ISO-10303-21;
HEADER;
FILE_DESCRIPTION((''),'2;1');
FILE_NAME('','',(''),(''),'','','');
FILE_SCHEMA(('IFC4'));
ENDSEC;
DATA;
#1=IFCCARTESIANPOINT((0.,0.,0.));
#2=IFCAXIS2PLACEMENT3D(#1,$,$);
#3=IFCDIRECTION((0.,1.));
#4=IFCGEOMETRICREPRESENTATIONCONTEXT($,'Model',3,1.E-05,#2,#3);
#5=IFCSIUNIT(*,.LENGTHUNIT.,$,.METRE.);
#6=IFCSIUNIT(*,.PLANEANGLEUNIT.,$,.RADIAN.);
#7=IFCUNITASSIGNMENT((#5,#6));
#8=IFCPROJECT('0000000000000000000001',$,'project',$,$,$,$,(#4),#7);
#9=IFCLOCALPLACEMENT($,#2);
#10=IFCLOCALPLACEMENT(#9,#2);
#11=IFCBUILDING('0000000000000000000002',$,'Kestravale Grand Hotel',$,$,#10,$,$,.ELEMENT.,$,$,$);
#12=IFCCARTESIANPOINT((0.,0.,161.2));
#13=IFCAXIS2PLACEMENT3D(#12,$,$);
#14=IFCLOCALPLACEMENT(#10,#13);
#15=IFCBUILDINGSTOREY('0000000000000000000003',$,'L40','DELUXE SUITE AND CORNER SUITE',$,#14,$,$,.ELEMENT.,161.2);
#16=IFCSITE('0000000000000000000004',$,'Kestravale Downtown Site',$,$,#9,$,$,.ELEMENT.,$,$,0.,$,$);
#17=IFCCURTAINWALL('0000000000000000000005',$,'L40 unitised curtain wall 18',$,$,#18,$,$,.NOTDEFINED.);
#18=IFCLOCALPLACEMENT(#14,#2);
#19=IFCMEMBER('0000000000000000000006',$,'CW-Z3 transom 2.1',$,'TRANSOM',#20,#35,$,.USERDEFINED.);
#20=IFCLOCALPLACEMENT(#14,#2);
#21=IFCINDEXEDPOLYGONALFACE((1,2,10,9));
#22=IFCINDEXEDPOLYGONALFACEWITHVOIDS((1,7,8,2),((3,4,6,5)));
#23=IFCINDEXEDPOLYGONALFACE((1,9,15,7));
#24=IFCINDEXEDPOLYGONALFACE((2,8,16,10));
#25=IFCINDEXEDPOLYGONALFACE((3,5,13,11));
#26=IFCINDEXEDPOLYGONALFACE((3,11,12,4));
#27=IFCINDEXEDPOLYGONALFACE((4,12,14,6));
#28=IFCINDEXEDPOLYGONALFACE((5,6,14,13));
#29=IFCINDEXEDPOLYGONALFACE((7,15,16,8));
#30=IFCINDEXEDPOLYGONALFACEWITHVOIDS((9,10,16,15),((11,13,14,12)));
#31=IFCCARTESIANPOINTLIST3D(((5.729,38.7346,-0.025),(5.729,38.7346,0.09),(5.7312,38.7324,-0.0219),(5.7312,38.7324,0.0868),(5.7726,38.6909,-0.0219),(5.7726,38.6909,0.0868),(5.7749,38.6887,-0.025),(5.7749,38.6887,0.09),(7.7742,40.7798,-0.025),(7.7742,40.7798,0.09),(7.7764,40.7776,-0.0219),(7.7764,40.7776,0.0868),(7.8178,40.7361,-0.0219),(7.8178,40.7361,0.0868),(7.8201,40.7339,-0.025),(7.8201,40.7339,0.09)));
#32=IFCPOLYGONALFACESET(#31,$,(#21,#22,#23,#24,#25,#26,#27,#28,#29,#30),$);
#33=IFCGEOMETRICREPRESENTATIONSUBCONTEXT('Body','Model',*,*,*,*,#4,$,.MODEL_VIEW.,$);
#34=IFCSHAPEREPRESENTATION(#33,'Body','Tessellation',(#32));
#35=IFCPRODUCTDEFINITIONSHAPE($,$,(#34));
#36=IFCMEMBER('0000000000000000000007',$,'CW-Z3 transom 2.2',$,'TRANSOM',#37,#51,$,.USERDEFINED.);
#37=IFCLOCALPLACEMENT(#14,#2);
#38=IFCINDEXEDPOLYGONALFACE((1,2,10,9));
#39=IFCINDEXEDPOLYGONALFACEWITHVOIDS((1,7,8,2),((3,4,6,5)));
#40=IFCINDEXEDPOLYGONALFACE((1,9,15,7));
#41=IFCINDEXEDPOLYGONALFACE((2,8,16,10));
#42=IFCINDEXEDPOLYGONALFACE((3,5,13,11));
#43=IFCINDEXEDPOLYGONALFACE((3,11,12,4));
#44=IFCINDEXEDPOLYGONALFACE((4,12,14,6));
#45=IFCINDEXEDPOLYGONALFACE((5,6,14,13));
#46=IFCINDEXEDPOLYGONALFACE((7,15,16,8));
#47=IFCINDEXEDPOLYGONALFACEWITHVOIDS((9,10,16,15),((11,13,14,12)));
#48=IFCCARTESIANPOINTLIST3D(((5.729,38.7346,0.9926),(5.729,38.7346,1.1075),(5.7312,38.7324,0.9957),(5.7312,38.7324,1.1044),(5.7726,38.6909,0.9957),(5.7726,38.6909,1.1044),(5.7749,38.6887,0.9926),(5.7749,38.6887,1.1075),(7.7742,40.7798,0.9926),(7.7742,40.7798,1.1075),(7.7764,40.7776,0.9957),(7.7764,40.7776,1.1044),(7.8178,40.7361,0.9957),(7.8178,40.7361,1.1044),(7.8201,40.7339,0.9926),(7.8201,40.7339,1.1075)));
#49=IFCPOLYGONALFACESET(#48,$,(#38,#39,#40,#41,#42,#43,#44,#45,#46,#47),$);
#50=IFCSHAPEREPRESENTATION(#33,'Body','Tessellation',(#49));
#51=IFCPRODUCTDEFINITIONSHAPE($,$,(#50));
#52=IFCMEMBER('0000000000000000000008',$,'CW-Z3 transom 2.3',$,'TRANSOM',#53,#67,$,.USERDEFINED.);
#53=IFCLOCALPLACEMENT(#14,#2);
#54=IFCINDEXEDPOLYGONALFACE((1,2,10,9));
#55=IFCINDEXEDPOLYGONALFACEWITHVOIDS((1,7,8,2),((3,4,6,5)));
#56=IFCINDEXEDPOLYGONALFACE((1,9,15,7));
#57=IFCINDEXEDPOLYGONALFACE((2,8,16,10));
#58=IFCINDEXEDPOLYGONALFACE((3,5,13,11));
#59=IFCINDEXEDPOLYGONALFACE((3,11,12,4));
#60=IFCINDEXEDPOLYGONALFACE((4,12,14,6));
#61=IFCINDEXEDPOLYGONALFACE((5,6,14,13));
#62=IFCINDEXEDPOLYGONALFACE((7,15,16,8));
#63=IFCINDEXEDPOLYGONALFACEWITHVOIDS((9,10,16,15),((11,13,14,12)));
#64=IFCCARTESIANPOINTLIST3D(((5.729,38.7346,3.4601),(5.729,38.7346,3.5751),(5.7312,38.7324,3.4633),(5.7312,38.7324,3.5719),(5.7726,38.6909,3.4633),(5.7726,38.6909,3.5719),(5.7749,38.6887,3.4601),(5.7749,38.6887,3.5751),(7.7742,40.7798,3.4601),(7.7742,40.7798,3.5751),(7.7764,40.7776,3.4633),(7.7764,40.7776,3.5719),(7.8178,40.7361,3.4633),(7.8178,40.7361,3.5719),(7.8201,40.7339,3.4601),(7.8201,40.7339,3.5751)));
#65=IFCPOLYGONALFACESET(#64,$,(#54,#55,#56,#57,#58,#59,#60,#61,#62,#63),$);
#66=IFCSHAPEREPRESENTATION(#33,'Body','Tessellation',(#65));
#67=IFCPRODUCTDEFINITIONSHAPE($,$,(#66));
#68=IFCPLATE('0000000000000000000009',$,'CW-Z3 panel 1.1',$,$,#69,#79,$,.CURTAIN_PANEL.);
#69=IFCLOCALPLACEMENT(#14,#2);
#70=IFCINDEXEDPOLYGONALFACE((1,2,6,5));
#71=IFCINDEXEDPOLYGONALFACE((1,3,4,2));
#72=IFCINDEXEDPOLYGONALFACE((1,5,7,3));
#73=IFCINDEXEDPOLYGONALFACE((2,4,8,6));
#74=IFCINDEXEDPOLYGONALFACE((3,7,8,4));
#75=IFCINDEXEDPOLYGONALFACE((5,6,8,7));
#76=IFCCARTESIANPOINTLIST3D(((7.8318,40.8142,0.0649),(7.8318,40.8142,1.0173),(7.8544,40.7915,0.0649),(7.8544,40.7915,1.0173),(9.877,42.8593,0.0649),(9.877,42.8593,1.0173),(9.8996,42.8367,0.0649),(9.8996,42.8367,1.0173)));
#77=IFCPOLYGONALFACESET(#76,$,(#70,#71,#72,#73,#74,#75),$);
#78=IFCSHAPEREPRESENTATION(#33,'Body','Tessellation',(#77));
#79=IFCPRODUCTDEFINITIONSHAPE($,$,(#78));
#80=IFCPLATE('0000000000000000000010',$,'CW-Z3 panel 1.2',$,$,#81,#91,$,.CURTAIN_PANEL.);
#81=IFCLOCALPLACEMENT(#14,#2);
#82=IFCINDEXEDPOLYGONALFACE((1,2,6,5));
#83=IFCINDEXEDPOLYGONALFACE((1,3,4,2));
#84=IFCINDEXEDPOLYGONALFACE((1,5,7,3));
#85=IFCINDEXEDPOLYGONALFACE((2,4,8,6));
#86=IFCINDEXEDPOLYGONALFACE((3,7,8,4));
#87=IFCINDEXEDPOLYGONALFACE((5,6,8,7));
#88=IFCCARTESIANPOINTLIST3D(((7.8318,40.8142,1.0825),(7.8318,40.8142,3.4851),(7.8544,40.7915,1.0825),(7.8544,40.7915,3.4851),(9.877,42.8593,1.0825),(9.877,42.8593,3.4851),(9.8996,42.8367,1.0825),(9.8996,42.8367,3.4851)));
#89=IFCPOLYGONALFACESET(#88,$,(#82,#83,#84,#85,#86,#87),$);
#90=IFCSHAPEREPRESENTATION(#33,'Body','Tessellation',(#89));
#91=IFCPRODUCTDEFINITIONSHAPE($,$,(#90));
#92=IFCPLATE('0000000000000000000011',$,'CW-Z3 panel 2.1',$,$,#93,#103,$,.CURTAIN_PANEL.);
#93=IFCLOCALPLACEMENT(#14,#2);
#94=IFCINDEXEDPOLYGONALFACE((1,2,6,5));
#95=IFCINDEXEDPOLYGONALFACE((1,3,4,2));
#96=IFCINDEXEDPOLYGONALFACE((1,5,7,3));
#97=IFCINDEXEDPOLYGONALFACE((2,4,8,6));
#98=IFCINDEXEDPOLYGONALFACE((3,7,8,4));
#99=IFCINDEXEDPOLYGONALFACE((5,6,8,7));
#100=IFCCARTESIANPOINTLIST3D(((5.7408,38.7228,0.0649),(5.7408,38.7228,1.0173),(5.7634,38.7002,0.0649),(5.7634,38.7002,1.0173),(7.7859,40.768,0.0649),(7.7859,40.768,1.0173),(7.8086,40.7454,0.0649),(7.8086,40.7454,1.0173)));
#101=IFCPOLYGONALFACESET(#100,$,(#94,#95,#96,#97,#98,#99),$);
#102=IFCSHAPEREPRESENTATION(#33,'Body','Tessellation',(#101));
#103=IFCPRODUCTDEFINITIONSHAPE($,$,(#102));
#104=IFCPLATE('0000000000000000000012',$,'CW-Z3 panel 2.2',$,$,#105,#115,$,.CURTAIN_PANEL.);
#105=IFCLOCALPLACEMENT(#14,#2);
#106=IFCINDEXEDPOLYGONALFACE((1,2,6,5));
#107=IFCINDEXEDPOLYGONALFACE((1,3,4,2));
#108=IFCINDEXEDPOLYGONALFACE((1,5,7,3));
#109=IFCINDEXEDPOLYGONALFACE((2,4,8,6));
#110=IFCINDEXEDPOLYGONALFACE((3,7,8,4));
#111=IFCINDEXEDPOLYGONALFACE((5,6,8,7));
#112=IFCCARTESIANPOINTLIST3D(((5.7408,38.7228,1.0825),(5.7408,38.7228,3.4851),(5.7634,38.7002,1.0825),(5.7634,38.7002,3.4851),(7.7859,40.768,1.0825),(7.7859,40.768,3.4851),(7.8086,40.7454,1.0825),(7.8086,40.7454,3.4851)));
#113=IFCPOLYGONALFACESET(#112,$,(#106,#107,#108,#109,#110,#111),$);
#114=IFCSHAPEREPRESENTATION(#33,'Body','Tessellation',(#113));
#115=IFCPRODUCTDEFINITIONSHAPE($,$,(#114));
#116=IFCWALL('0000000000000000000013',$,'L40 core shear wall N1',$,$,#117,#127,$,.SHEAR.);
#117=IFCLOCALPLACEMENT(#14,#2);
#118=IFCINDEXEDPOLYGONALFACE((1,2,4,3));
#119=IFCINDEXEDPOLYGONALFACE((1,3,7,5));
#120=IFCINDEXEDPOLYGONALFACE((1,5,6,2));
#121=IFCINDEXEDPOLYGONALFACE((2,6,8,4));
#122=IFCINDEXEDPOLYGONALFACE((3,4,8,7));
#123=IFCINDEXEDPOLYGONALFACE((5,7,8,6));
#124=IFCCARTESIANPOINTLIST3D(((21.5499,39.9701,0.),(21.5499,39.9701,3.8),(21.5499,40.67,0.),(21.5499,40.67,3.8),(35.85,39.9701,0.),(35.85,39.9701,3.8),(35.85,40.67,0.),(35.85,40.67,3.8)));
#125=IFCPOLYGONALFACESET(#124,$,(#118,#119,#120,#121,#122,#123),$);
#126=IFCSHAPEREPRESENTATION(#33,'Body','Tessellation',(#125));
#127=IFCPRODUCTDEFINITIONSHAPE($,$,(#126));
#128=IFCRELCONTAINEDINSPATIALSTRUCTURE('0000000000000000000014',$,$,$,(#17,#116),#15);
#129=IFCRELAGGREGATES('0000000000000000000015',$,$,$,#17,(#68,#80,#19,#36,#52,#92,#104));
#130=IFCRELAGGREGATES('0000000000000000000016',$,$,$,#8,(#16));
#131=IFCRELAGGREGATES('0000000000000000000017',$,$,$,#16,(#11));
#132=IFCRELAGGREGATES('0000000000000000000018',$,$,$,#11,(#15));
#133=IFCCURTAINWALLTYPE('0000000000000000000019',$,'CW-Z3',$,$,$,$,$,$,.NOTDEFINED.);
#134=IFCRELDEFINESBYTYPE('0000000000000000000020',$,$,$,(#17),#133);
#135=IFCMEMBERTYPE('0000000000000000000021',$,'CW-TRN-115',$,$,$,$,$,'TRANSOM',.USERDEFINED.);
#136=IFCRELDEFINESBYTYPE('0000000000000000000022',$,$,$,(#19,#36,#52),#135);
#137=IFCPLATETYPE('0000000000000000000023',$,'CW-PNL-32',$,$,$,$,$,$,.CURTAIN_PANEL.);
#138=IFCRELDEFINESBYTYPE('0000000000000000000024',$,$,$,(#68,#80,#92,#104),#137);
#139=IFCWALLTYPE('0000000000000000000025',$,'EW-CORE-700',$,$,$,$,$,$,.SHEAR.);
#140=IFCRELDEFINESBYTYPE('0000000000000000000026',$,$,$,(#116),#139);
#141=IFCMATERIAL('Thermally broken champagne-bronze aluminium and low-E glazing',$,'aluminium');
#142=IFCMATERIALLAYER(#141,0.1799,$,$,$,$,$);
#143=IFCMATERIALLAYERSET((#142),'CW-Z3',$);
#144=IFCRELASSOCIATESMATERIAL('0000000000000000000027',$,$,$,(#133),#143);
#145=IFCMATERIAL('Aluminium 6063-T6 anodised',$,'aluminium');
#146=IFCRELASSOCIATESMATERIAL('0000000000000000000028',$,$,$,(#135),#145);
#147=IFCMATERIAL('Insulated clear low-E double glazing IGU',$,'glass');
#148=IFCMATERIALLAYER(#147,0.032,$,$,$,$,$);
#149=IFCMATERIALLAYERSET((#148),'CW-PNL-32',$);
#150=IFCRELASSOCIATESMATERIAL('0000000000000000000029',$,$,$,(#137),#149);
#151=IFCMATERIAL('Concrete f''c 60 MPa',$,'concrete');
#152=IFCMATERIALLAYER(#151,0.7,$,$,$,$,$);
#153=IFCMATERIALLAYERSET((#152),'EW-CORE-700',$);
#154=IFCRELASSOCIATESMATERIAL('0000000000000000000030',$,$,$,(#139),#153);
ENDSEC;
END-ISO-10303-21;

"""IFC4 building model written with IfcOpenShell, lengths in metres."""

from ifc_helpers import new_model, si_unit, direction, frame, frame_2d, origin, origin_2d, place, context, subcontext, project, spatial, rectangle, hollow_rectangle, extrude, material, layer, layer_set, material_profile, profile_set, type_object, element, aggregate, save


model = new_model("IFC4")

# Units and contexts
model_context = context("Model", 3, precision=1e-05, world=origin(), true_north=direction((0.0, 1.0)))
body_context = subcontext(model_context, "Body", "Model", "MODEL_VIEW")
ifc_project = project(units=[si_unit("LENGTHUNIT", "METRE"), si_unit("PLANEANGLEUNIT", "RADIAN")], contexts=[model_context])

# Site, building, storey
site_placement = place(None, origin())
site = spatial("IfcSite", under=ifc_project, at=site_placement, Name="Kestravale Downtown Site", CompositionType="ELEMENT", RefElevation=0.0)
building_placement = place(site_placement, origin())
building = spatial("IfcBuilding", under=site, at=building_placement, Name="Kestravale Grand Hotel", CompositionType="ELEMENT")
storey_placement = place(building_placement, frame((0.0, 0.0, 161.2)))
storey = spatial("IfcBuildingStorey", under=building, at=storey_placement, Name="L40", Description="DELUXE SUITE AND CORNER SUITE", CompositionType="ELEMENT", Elevation=161.2)

# Curtain wall, members, plates
ifc_material_1 = material(Name="Thermally broken champagne-bronze aluminium and low-E glazing", Category="aluminium")
ifc_layer_1 = layer(ifc_material_1, 0.1799)
ifc_layer_set_1 = layer_set([ifc_layer_1], Name="CW-Z3")
curtain_wall_type = type_object("IfcCurtainWallType", Name="CW-Z3", PredefinedType="NOTDEFINED", material=ifc_layer_set_1)
curtain_wall_placement = place(storey_placement, origin())
curtain_wall = element("IfcCurtainWall", 1, at=curtain_wall_placement, inside=storey, type_object=curtain_wall_type, Name="L40 unitised curtain wall 18", PredefinedType="NOTDEFINED")
ifc_material_2 = material(Name="Aluminium 6063-T6 anodised", Category="aluminium")
ifc_material_profile_1 = material_profile(ifc_material_2, hollow_rectangle(XDim=0.0649, YDim=0.115, WallThickness=0.0032, at=origin_2d()))
ifc_profile_set_1 = profile_set([ifc_material_profile_1], Name="Aluminium 6063-T6 anodised")
member_type_1 = type_object("IfcMemberType", Name="CW-TRN-115", ElementType="TRANSOM", PredefinedType="USERDEFINED", material=ifc_profile_set_1)
member_1_placement = place(storey_placement, frame((7.7971, 40.7568, 0.0325), z_axis=(-0.707107, -0.707107, 0.0), x_axis=(0.707107, -0.707107, 0.0)))
member_1 = element("IfcMember", 2, at=member_1_placement, type_object=member_type_1, Name="CW-Z3 transom 2.1", ObjectType="TRANSOM", PredefinedType="USERDEFINED", context=body_context, shape_type="SweptSolid", body=[
    extrude(hollow_rectangle(XDim=0.0649, YDim=0.115, WallThickness=0.0032, at=origin_2d()), origin(), (0.0, 0.0, 1.0), 2.8923),
])
member_2_placement = place(storey_placement, frame((7.7971, 40.7568, 1.05), z_axis=(-0.707107, -0.707107, 0.0), x_axis=(0.707107, -0.707107, 0.0)))
member_2 = element("IfcMember", 3, at=member_2_placement, type_object=member_type_1, Name="CW-Z3 transom 2.2", ObjectType="TRANSOM", PredefinedType="USERDEFINED", context=body_context, shape_type="SweptSolid", body=[
    extrude(hollow_rectangle(XDim=0.0649, YDim=0.115, WallThickness=0.0032, at=origin_2d()), origin(), (0.0, 0.0, 1.0), 2.8923),
])
member_3_placement = place(storey_placement, frame((7.7971, 40.7568, 3.5176), z_axis=(-0.707107, -0.707107, 0.0), x_axis=(0.707107, -0.707107, 0.0)))
member_3 = element("IfcMember", 4, at=member_3_placement, type_object=member_type_1, Name="CW-Z3 transom 2.3", ObjectType="TRANSOM", PredefinedType="USERDEFINED", context=body_context, shape_type="SweptSolid", body=[
    extrude(hollow_rectangle(XDim=0.0649, YDim=0.115, WallThickness=0.0032, at=origin_2d()), origin(), (0.0, 0.0, 1.0), 2.8923),
])
ifc_material_3 = material(Name="Insulated clear low-E double glazing IGU", Category="glass")
ifc_layer_2 = layer(ifc_material_3, 0.032)
ifc_layer_set_2 = layer_set([ifc_layer_2], Name="CW-PNL-32")
plate_type = type_object("IfcPlateType", Name="CW-PNL-32", PredefinedType="CURTAIN_PANEL", material=ifc_layer_set_2)
plate_1_placement = place(storey_placement, frame((8.8657, 41.8254, 0.0649), z_axis=(0.0, 0.0, 1.0), x_axis=(-0.707107, -0.707107, 0.0)))
plate_1 = element("IfcPlate", 5, at=plate_1_placement, type_object=plate_type, Name="CW-Z3 panel 1.1", PredefinedType="CURTAIN_PANEL", context=body_context, shape_type="SweptSolid", body=[
    extrude(rectangle(XDim=2.8923, YDim=0.032, at=origin_2d()), origin(), (0.0, 0.0, 1.0), 0.9524),
])
plate_2_placement = place(storey_placement, frame((8.8657, 41.8254, 1.0825), z_axis=(0.0, 0.0, 1.0), x_axis=(-0.707107, -0.707107, 0.0)))
plate_2 = element("IfcPlate", 6, at=plate_2_placement, type_object=plate_type, Name="CW-Z3 panel 1.2", PredefinedType="CURTAIN_PANEL", context=body_context, shape_type="SweptSolid", body=[
    extrude(rectangle(XDim=2.8923, YDim=0.032, at=origin_2d()), origin(), (0.0, 0.0, 1.0), 2.4026),
])
plate_3_placement = place(storey_placement, frame((6.7747, 39.7341, 0.0649), z_axis=(0.0, 0.0, 1.0), x_axis=(-0.707107, -0.707107, 0.0)))
plate_3 = element("IfcPlate", 7, at=plate_3_placement, type_object=plate_type, Name="CW-Z3 panel 2.1", PredefinedType="CURTAIN_PANEL", context=body_context, shape_type="SweptSolid", body=[
    extrude(rectangle(XDim=2.8923, YDim=0.032, at=origin_2d()), origin(), (0.0, 0.0, 1.0), 0.9524),
])
plate_4_placement = place(storey_placement, frame((6.7747, 39.7341, 1.0825), z_axis=(0.0, 0.0, 1.0), x_axis=(-0.707107, -0.707107, 0.0)))
plate_4 = element("IfcPlate", 8, at=plate_4_placement, type_object=plate_type, Name="CW-Z3 panel 2.2", PredefinedType="CURTAIN_PANEL", context=body_context, shape_type="SweptSolid", body=[
    extrude(rectangle(XDim=2.8923, YDim=0.032, at=origin_2d()), origin(), (0.0, 0.0, 1.0), 2.4026),
])
aggregate(curtain_wall, [plate_1, plate_2, member_1, member_2, member_3, plate_3, plate_4])

# Wall
ifc_material_4 = material(Name="Concrete f'c 60 MPa", Category="concrete")
ifc_layer_3 = layer(ifc_material_4, 0.7)
ifc_layer_set_3 = layer_set([ifc_layer_3], Name="EW-CORE-700")
wall_type_1 = type_object("IfcWallType", Name="EW-CORE-700", PredefinedType="SHEAR", material=ifc_layer_set_3)
wall_1_placement = place(storey_placement, frame((21.55, 40.3201, 0.0), z_axis=(0.0, 0.0, 1.0), x_axis=(1.0, 0.0, 0.0)))
element("IfcWall", 9, at=wall_1_placement, inside=storey, type_object=wall_type_1, Name="L40 core shear wall N1", PredefinedType="SHEAR", context=body_context, shape_type="SweptSolid", body=[
    extrude(rectangle(XDim=14.3, YDim=0.7, at=frame_2d((7.1499, 0.0))), origin(), (0.0, 0.0, 1.0), 3.8),
])

save(model, "model.ifc")
